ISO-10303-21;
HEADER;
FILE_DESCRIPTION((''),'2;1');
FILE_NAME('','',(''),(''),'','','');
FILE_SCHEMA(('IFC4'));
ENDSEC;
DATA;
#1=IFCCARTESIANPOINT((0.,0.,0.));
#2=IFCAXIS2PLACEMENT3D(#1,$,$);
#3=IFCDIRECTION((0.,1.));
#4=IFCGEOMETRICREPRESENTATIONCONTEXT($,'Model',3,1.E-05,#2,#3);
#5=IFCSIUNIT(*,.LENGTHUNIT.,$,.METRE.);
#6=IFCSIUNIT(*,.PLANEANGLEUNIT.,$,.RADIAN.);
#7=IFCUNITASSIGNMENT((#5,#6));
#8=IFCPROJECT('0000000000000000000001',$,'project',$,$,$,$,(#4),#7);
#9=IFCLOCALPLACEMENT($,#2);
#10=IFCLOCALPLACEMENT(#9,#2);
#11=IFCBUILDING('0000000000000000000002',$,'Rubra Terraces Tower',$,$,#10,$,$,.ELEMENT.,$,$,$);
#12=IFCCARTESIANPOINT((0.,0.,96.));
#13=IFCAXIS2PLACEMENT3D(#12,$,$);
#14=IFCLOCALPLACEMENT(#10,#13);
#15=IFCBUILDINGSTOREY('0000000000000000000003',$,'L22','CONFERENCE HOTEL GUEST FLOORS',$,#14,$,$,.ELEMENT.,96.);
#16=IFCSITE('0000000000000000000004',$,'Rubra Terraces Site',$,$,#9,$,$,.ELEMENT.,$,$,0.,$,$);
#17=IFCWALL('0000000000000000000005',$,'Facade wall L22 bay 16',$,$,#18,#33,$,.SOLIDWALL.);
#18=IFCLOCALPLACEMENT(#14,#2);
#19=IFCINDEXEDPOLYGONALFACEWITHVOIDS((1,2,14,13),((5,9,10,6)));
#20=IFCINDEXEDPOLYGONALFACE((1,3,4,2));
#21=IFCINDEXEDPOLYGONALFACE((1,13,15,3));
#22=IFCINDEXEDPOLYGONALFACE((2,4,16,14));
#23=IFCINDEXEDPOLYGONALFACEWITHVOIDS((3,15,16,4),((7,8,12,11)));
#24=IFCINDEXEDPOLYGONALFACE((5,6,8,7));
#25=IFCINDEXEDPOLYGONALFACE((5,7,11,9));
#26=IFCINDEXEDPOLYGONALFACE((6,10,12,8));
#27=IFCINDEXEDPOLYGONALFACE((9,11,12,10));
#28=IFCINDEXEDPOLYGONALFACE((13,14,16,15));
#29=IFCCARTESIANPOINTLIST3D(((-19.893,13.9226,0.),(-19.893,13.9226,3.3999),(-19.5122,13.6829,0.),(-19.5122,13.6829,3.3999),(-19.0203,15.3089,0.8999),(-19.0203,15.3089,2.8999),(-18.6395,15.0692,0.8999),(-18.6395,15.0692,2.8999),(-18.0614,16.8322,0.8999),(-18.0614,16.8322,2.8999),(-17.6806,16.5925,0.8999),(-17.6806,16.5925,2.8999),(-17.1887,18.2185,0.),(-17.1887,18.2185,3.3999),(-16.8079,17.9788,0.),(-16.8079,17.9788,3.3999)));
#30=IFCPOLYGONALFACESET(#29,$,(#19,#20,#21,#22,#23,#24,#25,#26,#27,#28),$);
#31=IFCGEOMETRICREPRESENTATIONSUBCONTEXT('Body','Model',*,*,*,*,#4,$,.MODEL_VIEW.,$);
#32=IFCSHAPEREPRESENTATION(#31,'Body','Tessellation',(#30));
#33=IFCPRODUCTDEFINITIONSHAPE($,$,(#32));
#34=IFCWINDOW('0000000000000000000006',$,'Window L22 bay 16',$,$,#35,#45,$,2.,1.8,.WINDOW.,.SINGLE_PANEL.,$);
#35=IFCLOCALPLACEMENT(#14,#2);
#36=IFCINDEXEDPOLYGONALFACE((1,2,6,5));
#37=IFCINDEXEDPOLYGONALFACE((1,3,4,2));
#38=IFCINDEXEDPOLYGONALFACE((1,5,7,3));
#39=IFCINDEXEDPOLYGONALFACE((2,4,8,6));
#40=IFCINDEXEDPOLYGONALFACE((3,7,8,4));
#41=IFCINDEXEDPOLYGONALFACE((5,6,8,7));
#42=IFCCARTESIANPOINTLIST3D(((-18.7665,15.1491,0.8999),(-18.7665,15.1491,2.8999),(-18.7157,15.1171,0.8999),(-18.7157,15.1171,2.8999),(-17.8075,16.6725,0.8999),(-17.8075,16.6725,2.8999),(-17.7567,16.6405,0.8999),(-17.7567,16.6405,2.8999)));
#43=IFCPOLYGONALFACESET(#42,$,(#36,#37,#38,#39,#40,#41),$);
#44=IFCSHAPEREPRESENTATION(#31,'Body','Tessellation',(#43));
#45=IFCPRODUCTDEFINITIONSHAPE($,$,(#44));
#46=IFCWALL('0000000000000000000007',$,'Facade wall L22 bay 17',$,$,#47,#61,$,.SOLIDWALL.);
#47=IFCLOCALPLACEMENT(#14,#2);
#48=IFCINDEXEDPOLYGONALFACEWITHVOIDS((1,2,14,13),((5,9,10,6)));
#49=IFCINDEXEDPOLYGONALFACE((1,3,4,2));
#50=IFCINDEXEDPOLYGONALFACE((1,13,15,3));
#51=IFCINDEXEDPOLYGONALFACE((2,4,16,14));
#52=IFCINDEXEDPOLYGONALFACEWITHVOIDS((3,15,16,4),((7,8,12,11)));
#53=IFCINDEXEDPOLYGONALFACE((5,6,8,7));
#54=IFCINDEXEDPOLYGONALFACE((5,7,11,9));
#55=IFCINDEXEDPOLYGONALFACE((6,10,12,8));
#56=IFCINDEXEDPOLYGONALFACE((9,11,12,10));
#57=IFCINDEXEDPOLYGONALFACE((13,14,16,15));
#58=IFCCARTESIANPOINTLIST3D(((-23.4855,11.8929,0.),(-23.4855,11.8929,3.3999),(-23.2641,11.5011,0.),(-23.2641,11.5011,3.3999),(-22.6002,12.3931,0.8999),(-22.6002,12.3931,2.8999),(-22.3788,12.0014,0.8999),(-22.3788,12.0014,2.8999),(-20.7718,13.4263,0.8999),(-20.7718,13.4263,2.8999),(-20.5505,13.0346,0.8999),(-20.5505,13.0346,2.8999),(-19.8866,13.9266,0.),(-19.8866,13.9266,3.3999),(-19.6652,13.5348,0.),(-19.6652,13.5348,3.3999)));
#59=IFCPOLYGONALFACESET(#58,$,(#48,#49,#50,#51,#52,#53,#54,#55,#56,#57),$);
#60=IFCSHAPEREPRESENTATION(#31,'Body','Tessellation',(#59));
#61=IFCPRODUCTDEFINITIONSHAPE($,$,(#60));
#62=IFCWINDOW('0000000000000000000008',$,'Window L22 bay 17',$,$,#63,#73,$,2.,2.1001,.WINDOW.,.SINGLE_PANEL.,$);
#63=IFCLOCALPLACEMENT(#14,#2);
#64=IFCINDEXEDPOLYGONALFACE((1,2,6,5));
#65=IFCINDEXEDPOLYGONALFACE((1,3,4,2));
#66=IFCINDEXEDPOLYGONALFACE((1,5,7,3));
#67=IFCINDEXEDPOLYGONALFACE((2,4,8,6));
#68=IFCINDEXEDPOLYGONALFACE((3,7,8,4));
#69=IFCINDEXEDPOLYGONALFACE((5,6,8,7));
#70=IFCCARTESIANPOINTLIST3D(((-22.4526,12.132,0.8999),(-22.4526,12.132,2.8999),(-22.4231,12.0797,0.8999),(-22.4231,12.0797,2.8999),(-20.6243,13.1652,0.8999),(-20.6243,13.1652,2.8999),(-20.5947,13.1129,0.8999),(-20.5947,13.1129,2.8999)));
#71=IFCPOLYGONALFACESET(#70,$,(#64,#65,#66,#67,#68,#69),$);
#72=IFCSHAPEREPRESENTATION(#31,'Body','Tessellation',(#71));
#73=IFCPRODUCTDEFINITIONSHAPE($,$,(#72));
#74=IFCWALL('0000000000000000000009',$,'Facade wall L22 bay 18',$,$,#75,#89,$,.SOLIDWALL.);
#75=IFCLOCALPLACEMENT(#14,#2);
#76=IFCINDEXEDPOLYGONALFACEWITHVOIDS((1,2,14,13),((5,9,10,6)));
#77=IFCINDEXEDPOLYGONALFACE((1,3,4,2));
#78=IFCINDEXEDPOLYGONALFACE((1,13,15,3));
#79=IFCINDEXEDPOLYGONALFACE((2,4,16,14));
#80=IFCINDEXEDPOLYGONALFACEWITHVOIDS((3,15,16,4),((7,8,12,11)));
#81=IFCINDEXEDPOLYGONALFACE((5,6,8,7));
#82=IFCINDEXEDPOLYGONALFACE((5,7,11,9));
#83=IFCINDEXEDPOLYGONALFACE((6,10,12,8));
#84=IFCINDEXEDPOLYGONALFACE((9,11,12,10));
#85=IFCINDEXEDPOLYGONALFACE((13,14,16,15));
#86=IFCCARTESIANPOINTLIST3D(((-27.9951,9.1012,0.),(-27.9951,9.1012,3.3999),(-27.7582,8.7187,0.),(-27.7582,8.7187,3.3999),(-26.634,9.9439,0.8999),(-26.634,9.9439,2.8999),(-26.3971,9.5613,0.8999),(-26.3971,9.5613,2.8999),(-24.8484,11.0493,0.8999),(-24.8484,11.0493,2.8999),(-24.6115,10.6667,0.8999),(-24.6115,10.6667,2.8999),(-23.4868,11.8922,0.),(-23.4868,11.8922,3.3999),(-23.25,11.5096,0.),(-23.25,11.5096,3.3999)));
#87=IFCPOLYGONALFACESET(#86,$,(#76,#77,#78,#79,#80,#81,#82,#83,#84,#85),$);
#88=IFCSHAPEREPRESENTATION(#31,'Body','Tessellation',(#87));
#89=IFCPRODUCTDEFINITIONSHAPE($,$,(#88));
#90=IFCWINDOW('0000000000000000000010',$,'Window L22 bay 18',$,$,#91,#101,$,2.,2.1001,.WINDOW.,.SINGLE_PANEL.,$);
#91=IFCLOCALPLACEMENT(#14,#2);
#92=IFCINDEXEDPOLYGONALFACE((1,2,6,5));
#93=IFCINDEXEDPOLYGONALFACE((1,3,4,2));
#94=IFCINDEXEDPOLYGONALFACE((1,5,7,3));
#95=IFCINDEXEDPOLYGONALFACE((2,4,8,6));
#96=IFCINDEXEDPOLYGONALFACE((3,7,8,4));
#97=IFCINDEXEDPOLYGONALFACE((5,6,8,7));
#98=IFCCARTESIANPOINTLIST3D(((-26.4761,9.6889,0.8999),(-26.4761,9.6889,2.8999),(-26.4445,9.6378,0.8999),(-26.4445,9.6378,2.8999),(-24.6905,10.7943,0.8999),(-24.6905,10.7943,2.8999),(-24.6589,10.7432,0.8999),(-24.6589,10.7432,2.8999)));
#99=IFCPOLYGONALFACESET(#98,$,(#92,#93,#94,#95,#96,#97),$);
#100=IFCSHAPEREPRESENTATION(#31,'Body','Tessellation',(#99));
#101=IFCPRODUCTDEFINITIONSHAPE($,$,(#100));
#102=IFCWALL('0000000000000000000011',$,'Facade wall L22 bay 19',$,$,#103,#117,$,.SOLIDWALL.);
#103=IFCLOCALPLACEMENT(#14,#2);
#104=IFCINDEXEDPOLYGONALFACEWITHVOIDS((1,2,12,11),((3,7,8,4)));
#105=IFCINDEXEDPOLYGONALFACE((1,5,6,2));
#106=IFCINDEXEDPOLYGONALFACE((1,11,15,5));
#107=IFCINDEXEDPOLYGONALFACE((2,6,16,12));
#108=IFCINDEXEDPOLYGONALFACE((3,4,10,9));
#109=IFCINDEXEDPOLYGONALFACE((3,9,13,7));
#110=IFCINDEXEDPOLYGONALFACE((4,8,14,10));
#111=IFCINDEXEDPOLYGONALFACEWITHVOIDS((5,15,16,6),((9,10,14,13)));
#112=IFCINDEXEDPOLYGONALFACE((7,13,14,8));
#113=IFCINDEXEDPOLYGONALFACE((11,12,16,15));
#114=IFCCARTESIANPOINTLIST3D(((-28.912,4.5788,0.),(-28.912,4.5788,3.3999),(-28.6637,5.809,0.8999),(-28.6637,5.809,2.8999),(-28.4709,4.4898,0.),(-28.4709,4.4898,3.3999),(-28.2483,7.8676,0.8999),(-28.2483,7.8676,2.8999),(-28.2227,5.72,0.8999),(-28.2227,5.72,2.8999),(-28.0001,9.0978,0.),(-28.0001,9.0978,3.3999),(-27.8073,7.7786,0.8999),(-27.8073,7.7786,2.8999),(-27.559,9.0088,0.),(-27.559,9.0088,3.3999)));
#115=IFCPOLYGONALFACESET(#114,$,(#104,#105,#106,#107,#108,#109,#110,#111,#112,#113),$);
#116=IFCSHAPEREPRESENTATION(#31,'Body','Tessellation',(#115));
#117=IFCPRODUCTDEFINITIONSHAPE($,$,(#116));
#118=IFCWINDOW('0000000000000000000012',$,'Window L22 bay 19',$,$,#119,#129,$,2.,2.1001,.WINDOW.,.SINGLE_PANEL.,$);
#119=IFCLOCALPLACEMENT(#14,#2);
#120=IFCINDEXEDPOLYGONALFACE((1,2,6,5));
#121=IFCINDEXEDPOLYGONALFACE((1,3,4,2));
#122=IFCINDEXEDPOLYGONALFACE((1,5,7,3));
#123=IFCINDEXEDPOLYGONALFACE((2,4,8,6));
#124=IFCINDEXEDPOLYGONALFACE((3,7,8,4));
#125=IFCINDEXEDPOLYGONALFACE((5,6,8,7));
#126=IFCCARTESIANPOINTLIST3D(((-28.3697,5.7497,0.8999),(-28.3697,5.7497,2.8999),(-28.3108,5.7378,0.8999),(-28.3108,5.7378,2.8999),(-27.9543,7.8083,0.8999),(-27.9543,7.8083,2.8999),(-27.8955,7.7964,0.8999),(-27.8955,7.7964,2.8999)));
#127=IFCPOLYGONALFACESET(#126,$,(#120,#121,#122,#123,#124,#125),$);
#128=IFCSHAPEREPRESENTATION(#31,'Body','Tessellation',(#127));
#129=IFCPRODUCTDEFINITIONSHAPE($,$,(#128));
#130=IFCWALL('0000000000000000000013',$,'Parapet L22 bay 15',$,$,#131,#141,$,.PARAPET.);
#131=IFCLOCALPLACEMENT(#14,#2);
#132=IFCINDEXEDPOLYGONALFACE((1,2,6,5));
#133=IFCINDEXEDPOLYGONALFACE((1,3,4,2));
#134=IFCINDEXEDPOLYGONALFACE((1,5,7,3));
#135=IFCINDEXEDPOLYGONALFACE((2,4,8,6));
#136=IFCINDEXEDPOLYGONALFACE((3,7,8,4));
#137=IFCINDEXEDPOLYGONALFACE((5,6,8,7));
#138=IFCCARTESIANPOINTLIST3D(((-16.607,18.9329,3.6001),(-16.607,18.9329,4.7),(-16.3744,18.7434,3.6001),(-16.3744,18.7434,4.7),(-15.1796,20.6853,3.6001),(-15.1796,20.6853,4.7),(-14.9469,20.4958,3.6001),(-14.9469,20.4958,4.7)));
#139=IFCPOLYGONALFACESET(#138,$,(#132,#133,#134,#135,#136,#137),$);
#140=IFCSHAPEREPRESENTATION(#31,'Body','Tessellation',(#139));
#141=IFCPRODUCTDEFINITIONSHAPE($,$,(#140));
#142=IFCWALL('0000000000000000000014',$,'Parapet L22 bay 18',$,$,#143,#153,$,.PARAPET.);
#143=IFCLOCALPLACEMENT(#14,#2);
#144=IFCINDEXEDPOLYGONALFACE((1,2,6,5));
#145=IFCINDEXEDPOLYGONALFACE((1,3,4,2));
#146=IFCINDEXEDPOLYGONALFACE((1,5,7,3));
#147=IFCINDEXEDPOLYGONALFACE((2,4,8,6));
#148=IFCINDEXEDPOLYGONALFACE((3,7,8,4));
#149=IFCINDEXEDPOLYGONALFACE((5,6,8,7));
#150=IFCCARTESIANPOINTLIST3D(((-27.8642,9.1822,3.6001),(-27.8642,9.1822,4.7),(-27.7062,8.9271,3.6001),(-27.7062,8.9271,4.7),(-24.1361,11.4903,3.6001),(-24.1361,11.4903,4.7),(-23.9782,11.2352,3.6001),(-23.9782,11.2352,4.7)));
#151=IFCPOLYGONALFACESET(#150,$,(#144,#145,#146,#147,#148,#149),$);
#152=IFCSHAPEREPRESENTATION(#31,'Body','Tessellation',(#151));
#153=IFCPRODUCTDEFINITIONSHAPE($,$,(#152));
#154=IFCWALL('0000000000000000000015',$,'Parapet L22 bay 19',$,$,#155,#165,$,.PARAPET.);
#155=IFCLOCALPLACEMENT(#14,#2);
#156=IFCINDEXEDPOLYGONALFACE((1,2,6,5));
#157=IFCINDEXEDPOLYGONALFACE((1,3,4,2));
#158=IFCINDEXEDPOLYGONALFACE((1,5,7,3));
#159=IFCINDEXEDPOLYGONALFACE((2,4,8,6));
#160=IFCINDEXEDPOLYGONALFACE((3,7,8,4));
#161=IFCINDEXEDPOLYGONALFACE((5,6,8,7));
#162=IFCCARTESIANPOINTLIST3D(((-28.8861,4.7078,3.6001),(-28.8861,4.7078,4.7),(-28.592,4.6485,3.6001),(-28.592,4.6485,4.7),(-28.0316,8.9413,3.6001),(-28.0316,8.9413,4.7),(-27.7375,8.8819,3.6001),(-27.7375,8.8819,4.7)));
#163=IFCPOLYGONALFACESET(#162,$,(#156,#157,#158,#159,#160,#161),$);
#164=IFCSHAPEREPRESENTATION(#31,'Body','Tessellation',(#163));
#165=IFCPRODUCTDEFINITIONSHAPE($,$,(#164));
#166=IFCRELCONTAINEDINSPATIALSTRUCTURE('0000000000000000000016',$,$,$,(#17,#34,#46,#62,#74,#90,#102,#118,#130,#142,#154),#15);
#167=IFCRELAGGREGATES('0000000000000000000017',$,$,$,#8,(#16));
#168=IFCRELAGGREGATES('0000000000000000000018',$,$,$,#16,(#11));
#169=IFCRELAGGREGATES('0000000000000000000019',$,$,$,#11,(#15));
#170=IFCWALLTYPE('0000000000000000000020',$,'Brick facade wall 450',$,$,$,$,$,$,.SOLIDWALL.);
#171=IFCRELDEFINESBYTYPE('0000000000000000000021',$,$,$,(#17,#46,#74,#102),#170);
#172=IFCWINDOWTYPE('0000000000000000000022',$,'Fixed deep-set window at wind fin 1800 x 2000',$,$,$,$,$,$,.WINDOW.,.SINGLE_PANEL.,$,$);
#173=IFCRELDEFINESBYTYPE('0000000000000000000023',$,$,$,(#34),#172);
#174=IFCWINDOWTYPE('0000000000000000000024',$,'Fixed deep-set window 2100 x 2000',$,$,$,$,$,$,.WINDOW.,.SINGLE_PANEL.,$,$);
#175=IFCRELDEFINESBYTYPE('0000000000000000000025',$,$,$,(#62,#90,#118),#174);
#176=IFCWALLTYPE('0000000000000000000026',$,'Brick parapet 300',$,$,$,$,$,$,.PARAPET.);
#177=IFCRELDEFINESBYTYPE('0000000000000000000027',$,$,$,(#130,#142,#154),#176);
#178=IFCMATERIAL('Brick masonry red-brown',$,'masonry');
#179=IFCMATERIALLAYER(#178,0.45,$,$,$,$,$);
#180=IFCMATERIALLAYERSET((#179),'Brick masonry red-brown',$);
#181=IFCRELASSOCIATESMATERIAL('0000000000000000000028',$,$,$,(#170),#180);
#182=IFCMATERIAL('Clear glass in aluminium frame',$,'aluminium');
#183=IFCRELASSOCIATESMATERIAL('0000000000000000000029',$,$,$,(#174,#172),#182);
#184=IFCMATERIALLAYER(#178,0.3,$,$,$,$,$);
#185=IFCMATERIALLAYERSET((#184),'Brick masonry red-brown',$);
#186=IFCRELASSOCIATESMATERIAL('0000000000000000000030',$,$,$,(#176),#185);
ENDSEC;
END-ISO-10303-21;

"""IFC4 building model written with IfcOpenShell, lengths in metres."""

from ifc_helpers import new_model, si_unit, direction, frame, frame_2d, origin, place, context, subcontext, project, spatial, rectangle, extrude, material, layer, layer_set, type_object, element, fill, save


model = new_model("IFC4")

# Units and contexts
model_context = context("Model", 3, precision=1e-05, world=origin(), true_north=direction((0.0, 1.0)))
body_context = subcontext(model_context, "Body", "Model", "MODEL_VIEW")
ifc_project = project(units=[si_unit("LENGTHUNIT", "METRE"), si_unit("PLANEANGLEUNIT", "RADIAN")], contexts=[model_context])

# Site, building, storey
site_placement = place(None, origin())
site = spatial("IfcSite", under=ifc_project, at=site_placement, Name="Rubra Terraces Site", CompositionType="ELEMENT", RefElevation=0.0)
building_placement = place(site_placement, origin())
building = spatial("IfcBuilding", under=site, at=building_placement, Name="Rubra Terraces Tower", CompositionType="ELEMENT")
storey_placement = place(building_placement, frame((0.0, 0.0, 96.0)))
storey = spatial("IfcBuildingStorey", under=building, at=storey_placement, Name="L22", Description="CONFERENCE HOTEL GUEST FLOORS", CompositionType="ELEMENT", Elevation=96.0)

# Walls, openings, windows
ifc_material_1 = material(Name="Brick masonry red-brown", Category="masonry")
ifc_layer_1 = layer(ifc_material_1, 0.45)
ifc_layer_set_1 = layer_set([ifc_layer_1], Name="Brick masonry red-brown")
wall_type_1 = type_object("IfcWallType", Name="Brick facade wall 450", PredefinedType="SOLIDWALL", material=ifc_layer_set_1)
ifc_material_2 = material(Name="Clear glass in aluminium frame", Category="aluminium")
window_type_1 = type_object("IfcWindowType", Name="Fixed deep-set window 2100 x 2000", PartitioningType="SINGLE_PANEL", PredefinedType="WINDOW", material=ifc_material_2)
wall_1_placement = place(storey_placement, frame((-16.9983, 18.0986, 0.0), z_axis=(0.0, 0.0, 1.0), x_axis=(-0.532746, -0.846275, 0.0)))
wall_1 = element("IfcWall", 1, at=wall_1_placement, inside=storey, type_object=wall_type_1, Name="Facade wall L22 bay 16", PredefinedType="SOLIDWALL", context=body_context, shape_type="SweptSolid", body=[
    extrude(rectangle(XDim=5.0762, YDim=0.45, at=frame_2d((2.5381, 0.0))), origin(), (0.0, 0.0, 1.0), 3.3999),
])
opening_1_placement = place(wall_1_placement, frame((1.6382, 0.0, 0.8999)))
opening_1 = element("IfcOpeningElement", 2, at=opening_1_placement, cuts=wall_1, PredefinedType="OPENING", context=body_context, shape_type="SweptSolid", body=[
    extrude(rectangle(XDim=1.8, YDim=2.0, at=frame_2d((0.8999, 1.0))), frame((0.0, 0.2349, 0.0), z_axis=(0.0, -1.0, 0.0), x_axis=(1.0, 0.0, 0.0)), (0.0, 0.0, 1.0), 0.47),
])
window_type_2 = type_object("IfcWindowType", Name="Fixed deep-set window at wind fin 1800 x 2000", PartitioningType="SINGLE_PANEL", PredefinedType="WINDOW", material=ifc_material_2)
window_1_placement = place(opening_1_placement, origin())
window_1 = element("IfcWindow", 3, at=window_1_placement, inside=storey, type_object=window_type_2, Name="Window L22 bay 16", OverallHeight=2.0, OverallWidth=1.8, PartitioningType="SINGLE_PANEL", PredefinedType="WINDOW", context=body_context, shape_type="SweptSolid", body=[
    extrude(rectangle(XDim=1.8, YDim=2.0, at=frame_2d((0.8999, 1.0))), frame((0.0, 0.135, 0.0), z_axis=(0.0, -1.0, 0.0), x_axis=(1.0, 0.0, 0.0)), (0.0, 0.0, 1.0), 0.0601),
])
fill(opening_1, window_1)
wall_2_placement = place(storey_placement, frame((-19.7759, 13.7307, 0.0), z_axis=(0.0, 0.0, 1.0), x_axis=(-0.87061, -0.491974, 0.0)))
wall_2 = element("IfcWall", 4, at=wall_2_placement, inside=storey, type_object=wall_type_1, Name="Facade wall L22 bay 17", PredefinedType="SOLIDWALL", context=body_context, shape_type="SweptSolid", body=[
    extrude(rectangle(XDim=4.1338, YDim=0.45, at=frame_2d((2.0669, 0.0))), origin(), (0.0, 0.0, 1.0), 3.3999),
])
opening_2_placement = place(wall_2_placement, frame((1.0168, 0.0, 0.8999)))
opening_2 = element("IfcOpeningElement", 5, at=opening_2_placement, cuts=wall_2, PredefinedType="OPENING", context=body_context, shape_type="SweptSolid", body=[
    extrude(rectangle(XDim=2.1001, YDim=2.0, at=frame_2d((1.05, 1.0))), frame((0.0, 0.2349, 0.0), z_axis=(0.0, -1.0, 0.0), x_axis=(1.0, 0.0, 0.0)), (0.0, 0.0, 1.0), 0.47),
])
window_2_placement = place(opening_2_placement, origin())
window_2 = element("IfcWindow", 6, at=window_2_placement, inside=storey, type_object=window_type_1, Name="Window L22 bay 17", OverallHeight=2.0, OverallWidth=2.1001, PartitioningType="SINGLE_PANEL", PredefinedType="WINDOW", context=body_context, shape_type="SweptSolid", body=[
    extrude(rectangle(XDim=2.1001, YDim=2.0, at=frame_2d((1.05, 1.0))), frame((0.0, 0.135, 0.0), z_axis=(0.0, -1.0, 0.0), x_axis=(1.0, 0.0, 0.0)), (0.0, 0.0, 1.0), 0.0601),
])
fill(opening_2, window_2)
wall_3_placement = place(storey_placement, frame((-23.3684, 11.7009, 0.0), z_axis=(0.0, 0.0, 1.0), x_axis=(-0.850251, -0.526377, 0.0)))
wall_3 = element("IfcWall", 7, at=wall_3_placement, inside=storey, type_object=wall_type_1, Name="Facade wall L22 bay 18", PredefinedType="SOLIDWALL", context=body_context, shape_type="SweptSolid", body=[
    extrude(rectangle(XDim=5.3022, YDim=0.45, at=frame_2d((2.6511, 0.0))), origin(), (0.0, 0.0, 1.0), 3.3999),
])
opening_3_placement = place(wall_3_placement, frame((1.6013, 0.0, 0.8999)))
opening_3 = element("IfcOpeningElement", 8, at=opening_3_placement, cuts=wall_3, PredefinedType="OPENING", context=body_context, shape_type="SweptSolid", body=[
    extrude(rectangle(XDim=2.1001, YDim=2.0, at=frame_2d((1.05, 1.0))), frame((0.0, 0.2349, 0.0), z_axis=(0.0, -1.0, 0.0), x_axis=(1.0, 0.0, 0.0)), (0.0, 0.0, 1.0), 0.47),
])
window_3_placement = place(opening_3_placement, origin())
window_3 = element("IfcWindow", 9, at=window_3_placement, inside=storey, type_object=window_type_1, Name="Window L22 bay 18", OverallHeight=2.0, OverallWidth=2.1001, PartitioningType="SINGLE_PANEL", PredefinedType="WINDOW", context=body_context, shape_type="SweptSolid", body=[
    extrude(rectangle(XDim=2.1001, YDim=2.0, at=frame_2d((1.05, 1.0))), frame((0.0, 0.135, 0.0), z_axis=(0.0, -1.0, 0.0), x_axis=(1.0, 0.0, 0.0)), (0.0, 0.0, 1.0), 0.0601),
])
fill(opening_3, window_3)
wall_4_placement = place(storey_placement, frame((-27.7795, 9.0535, 0.0), z_axis=(0.0, 0.0, 1.0), x_axis=(-0.197796, -0.980243, 0.0)))
wall_4 = element("IfcWall", 10, at=wall_4_placement, inside=storey, type_object=wall_type_1, Name="Facade wall L22 bay 19", PredefinedType="SOLIDWALL", context=body_context, shape_type="SweptSolid", body=[
    extrude(rectangle(XDim=4.6101, YDim=0.45, at=frame_2d((2.3052, 0.0))), origin(), (0.0, 0.0, 1.0), 3.3999),
])
opening_4_placement = place(wall_4_placement, frame((1.2551, 0.0, 0.8999)))
opening_4 = element("IfcOpeningElement", 11, at=opening_4_placement, cuts=wall_4, PredefinedType="OPENING", context=body_context, shape_type="SweptSolid", body=[
    extrude(rectangle(XDim=2.1001, YDim=2.0, at=frame_2d((1.05, 1.0))), frame((0.0, 0.2349, 0.0), z_axis=(0.0, -1.0, 0.0), x_axis=(1.0, 0.0, 0.0)), (0.0, 0.0, 1.0), 0.47),
])
window_4_placement = place(opening_4_placement, origin())
window_4 = element("IfcWindow", 12, at=window_4_placement, inside=storey, type_object=window_type_1, Name="Window L22 bay 19", OverallHeight=2.0, OverallWidth=2.1001, PartitioningType="SINGLE_PANEL", PredefinedType="WINDOW", context=body_context, shape_type="SweptSolid", body=[
    extrude(rectangle(XDim=2.1001, YDim=2.0, at=frame_2d((1.05, 1.0))), frame((0.0, 0.135, 0.0), z_axis=(0.0, -1.0, 0.0), x_axis=(1.0, 0.0, 0.0)), (0.0, 0.0, 1.0), 0.0601),
])
fill(opening_4, window_4)

# Walls
ifc_layer_2 = layer(ifc_material_1, 0.3)
ifc_layer_set_2 = layer_set([ifc_layer_2], Name="Brick masonry red-brown")
wall_type_2 = type_object("IfcWallType", Name="Brick parapet 300", PredefinedType="PARAPET", material=ifc_layer_set_2)
wall_5_placement = place(storey_placement, frame((-15.0632, 20.5906, 3.6001), z_axis=(0.0, 0.0, 1.0), x_axis=(-0.63156, -0.775327, 0.0)))
element("IfcWall", 13, at=wall_5_placement, inside=storey, type_object=wall_type_2, Name="Parapet L22 bay 15", PredefinedType="PARAPET", context=body_context, shape_type="SweptSolid", body=[
    extrude(rectangle(XDim=2.2603, YDim=0.3, at=frame_2d((1.1301, 0.0))), origin(), (0.0, 0.0, 1.0), 1.0999),
])
wall_6_placement = place(storey_placement, frame((-24.0571, 11.3628, 3.6001), z_axis=(0.0, 0.0, 1.0), x_axis=(-0.850237, -0.526401, 0.0)))
element("IfcWall", 14, at=wall_6_placement, inside=storey, type_object=wall_type_2, Name="Parapet L22 bay 18", PredefinedType="PARAPET", context=body_context, shape_type="SweptSolid", body=[
    extrude(rectangle(XDim=4.3848, YDim=0.3, at=frame_2d((2.1924, 0.0))), origin(), (0.0, 0.0, 1.0), 1.0999),
])
wall_7_placement = place(storey_placement, frame((-27.8845, 8.9116, 3.6001), z_axis=(0.0, 0.0, 1.0), x_axis=(-0.197855, -0.980231, 0.0)))
element("IfcWall", 15, at=wall_7_placement, inside=storey, type_object=wall_type_2, Name="Parapet L22 bay 19", PredefinedType="PARAPET", context=body_context, shape_type="SweptSolid", body=[
    extrude(rectangle(XDim=4.3188, YDim=0.3, at=frame_2d((2.1594, 0.0))), origin(), (0.0, 0.0, 1.0), 1.0999),
])

save(model, "model.ifc")
